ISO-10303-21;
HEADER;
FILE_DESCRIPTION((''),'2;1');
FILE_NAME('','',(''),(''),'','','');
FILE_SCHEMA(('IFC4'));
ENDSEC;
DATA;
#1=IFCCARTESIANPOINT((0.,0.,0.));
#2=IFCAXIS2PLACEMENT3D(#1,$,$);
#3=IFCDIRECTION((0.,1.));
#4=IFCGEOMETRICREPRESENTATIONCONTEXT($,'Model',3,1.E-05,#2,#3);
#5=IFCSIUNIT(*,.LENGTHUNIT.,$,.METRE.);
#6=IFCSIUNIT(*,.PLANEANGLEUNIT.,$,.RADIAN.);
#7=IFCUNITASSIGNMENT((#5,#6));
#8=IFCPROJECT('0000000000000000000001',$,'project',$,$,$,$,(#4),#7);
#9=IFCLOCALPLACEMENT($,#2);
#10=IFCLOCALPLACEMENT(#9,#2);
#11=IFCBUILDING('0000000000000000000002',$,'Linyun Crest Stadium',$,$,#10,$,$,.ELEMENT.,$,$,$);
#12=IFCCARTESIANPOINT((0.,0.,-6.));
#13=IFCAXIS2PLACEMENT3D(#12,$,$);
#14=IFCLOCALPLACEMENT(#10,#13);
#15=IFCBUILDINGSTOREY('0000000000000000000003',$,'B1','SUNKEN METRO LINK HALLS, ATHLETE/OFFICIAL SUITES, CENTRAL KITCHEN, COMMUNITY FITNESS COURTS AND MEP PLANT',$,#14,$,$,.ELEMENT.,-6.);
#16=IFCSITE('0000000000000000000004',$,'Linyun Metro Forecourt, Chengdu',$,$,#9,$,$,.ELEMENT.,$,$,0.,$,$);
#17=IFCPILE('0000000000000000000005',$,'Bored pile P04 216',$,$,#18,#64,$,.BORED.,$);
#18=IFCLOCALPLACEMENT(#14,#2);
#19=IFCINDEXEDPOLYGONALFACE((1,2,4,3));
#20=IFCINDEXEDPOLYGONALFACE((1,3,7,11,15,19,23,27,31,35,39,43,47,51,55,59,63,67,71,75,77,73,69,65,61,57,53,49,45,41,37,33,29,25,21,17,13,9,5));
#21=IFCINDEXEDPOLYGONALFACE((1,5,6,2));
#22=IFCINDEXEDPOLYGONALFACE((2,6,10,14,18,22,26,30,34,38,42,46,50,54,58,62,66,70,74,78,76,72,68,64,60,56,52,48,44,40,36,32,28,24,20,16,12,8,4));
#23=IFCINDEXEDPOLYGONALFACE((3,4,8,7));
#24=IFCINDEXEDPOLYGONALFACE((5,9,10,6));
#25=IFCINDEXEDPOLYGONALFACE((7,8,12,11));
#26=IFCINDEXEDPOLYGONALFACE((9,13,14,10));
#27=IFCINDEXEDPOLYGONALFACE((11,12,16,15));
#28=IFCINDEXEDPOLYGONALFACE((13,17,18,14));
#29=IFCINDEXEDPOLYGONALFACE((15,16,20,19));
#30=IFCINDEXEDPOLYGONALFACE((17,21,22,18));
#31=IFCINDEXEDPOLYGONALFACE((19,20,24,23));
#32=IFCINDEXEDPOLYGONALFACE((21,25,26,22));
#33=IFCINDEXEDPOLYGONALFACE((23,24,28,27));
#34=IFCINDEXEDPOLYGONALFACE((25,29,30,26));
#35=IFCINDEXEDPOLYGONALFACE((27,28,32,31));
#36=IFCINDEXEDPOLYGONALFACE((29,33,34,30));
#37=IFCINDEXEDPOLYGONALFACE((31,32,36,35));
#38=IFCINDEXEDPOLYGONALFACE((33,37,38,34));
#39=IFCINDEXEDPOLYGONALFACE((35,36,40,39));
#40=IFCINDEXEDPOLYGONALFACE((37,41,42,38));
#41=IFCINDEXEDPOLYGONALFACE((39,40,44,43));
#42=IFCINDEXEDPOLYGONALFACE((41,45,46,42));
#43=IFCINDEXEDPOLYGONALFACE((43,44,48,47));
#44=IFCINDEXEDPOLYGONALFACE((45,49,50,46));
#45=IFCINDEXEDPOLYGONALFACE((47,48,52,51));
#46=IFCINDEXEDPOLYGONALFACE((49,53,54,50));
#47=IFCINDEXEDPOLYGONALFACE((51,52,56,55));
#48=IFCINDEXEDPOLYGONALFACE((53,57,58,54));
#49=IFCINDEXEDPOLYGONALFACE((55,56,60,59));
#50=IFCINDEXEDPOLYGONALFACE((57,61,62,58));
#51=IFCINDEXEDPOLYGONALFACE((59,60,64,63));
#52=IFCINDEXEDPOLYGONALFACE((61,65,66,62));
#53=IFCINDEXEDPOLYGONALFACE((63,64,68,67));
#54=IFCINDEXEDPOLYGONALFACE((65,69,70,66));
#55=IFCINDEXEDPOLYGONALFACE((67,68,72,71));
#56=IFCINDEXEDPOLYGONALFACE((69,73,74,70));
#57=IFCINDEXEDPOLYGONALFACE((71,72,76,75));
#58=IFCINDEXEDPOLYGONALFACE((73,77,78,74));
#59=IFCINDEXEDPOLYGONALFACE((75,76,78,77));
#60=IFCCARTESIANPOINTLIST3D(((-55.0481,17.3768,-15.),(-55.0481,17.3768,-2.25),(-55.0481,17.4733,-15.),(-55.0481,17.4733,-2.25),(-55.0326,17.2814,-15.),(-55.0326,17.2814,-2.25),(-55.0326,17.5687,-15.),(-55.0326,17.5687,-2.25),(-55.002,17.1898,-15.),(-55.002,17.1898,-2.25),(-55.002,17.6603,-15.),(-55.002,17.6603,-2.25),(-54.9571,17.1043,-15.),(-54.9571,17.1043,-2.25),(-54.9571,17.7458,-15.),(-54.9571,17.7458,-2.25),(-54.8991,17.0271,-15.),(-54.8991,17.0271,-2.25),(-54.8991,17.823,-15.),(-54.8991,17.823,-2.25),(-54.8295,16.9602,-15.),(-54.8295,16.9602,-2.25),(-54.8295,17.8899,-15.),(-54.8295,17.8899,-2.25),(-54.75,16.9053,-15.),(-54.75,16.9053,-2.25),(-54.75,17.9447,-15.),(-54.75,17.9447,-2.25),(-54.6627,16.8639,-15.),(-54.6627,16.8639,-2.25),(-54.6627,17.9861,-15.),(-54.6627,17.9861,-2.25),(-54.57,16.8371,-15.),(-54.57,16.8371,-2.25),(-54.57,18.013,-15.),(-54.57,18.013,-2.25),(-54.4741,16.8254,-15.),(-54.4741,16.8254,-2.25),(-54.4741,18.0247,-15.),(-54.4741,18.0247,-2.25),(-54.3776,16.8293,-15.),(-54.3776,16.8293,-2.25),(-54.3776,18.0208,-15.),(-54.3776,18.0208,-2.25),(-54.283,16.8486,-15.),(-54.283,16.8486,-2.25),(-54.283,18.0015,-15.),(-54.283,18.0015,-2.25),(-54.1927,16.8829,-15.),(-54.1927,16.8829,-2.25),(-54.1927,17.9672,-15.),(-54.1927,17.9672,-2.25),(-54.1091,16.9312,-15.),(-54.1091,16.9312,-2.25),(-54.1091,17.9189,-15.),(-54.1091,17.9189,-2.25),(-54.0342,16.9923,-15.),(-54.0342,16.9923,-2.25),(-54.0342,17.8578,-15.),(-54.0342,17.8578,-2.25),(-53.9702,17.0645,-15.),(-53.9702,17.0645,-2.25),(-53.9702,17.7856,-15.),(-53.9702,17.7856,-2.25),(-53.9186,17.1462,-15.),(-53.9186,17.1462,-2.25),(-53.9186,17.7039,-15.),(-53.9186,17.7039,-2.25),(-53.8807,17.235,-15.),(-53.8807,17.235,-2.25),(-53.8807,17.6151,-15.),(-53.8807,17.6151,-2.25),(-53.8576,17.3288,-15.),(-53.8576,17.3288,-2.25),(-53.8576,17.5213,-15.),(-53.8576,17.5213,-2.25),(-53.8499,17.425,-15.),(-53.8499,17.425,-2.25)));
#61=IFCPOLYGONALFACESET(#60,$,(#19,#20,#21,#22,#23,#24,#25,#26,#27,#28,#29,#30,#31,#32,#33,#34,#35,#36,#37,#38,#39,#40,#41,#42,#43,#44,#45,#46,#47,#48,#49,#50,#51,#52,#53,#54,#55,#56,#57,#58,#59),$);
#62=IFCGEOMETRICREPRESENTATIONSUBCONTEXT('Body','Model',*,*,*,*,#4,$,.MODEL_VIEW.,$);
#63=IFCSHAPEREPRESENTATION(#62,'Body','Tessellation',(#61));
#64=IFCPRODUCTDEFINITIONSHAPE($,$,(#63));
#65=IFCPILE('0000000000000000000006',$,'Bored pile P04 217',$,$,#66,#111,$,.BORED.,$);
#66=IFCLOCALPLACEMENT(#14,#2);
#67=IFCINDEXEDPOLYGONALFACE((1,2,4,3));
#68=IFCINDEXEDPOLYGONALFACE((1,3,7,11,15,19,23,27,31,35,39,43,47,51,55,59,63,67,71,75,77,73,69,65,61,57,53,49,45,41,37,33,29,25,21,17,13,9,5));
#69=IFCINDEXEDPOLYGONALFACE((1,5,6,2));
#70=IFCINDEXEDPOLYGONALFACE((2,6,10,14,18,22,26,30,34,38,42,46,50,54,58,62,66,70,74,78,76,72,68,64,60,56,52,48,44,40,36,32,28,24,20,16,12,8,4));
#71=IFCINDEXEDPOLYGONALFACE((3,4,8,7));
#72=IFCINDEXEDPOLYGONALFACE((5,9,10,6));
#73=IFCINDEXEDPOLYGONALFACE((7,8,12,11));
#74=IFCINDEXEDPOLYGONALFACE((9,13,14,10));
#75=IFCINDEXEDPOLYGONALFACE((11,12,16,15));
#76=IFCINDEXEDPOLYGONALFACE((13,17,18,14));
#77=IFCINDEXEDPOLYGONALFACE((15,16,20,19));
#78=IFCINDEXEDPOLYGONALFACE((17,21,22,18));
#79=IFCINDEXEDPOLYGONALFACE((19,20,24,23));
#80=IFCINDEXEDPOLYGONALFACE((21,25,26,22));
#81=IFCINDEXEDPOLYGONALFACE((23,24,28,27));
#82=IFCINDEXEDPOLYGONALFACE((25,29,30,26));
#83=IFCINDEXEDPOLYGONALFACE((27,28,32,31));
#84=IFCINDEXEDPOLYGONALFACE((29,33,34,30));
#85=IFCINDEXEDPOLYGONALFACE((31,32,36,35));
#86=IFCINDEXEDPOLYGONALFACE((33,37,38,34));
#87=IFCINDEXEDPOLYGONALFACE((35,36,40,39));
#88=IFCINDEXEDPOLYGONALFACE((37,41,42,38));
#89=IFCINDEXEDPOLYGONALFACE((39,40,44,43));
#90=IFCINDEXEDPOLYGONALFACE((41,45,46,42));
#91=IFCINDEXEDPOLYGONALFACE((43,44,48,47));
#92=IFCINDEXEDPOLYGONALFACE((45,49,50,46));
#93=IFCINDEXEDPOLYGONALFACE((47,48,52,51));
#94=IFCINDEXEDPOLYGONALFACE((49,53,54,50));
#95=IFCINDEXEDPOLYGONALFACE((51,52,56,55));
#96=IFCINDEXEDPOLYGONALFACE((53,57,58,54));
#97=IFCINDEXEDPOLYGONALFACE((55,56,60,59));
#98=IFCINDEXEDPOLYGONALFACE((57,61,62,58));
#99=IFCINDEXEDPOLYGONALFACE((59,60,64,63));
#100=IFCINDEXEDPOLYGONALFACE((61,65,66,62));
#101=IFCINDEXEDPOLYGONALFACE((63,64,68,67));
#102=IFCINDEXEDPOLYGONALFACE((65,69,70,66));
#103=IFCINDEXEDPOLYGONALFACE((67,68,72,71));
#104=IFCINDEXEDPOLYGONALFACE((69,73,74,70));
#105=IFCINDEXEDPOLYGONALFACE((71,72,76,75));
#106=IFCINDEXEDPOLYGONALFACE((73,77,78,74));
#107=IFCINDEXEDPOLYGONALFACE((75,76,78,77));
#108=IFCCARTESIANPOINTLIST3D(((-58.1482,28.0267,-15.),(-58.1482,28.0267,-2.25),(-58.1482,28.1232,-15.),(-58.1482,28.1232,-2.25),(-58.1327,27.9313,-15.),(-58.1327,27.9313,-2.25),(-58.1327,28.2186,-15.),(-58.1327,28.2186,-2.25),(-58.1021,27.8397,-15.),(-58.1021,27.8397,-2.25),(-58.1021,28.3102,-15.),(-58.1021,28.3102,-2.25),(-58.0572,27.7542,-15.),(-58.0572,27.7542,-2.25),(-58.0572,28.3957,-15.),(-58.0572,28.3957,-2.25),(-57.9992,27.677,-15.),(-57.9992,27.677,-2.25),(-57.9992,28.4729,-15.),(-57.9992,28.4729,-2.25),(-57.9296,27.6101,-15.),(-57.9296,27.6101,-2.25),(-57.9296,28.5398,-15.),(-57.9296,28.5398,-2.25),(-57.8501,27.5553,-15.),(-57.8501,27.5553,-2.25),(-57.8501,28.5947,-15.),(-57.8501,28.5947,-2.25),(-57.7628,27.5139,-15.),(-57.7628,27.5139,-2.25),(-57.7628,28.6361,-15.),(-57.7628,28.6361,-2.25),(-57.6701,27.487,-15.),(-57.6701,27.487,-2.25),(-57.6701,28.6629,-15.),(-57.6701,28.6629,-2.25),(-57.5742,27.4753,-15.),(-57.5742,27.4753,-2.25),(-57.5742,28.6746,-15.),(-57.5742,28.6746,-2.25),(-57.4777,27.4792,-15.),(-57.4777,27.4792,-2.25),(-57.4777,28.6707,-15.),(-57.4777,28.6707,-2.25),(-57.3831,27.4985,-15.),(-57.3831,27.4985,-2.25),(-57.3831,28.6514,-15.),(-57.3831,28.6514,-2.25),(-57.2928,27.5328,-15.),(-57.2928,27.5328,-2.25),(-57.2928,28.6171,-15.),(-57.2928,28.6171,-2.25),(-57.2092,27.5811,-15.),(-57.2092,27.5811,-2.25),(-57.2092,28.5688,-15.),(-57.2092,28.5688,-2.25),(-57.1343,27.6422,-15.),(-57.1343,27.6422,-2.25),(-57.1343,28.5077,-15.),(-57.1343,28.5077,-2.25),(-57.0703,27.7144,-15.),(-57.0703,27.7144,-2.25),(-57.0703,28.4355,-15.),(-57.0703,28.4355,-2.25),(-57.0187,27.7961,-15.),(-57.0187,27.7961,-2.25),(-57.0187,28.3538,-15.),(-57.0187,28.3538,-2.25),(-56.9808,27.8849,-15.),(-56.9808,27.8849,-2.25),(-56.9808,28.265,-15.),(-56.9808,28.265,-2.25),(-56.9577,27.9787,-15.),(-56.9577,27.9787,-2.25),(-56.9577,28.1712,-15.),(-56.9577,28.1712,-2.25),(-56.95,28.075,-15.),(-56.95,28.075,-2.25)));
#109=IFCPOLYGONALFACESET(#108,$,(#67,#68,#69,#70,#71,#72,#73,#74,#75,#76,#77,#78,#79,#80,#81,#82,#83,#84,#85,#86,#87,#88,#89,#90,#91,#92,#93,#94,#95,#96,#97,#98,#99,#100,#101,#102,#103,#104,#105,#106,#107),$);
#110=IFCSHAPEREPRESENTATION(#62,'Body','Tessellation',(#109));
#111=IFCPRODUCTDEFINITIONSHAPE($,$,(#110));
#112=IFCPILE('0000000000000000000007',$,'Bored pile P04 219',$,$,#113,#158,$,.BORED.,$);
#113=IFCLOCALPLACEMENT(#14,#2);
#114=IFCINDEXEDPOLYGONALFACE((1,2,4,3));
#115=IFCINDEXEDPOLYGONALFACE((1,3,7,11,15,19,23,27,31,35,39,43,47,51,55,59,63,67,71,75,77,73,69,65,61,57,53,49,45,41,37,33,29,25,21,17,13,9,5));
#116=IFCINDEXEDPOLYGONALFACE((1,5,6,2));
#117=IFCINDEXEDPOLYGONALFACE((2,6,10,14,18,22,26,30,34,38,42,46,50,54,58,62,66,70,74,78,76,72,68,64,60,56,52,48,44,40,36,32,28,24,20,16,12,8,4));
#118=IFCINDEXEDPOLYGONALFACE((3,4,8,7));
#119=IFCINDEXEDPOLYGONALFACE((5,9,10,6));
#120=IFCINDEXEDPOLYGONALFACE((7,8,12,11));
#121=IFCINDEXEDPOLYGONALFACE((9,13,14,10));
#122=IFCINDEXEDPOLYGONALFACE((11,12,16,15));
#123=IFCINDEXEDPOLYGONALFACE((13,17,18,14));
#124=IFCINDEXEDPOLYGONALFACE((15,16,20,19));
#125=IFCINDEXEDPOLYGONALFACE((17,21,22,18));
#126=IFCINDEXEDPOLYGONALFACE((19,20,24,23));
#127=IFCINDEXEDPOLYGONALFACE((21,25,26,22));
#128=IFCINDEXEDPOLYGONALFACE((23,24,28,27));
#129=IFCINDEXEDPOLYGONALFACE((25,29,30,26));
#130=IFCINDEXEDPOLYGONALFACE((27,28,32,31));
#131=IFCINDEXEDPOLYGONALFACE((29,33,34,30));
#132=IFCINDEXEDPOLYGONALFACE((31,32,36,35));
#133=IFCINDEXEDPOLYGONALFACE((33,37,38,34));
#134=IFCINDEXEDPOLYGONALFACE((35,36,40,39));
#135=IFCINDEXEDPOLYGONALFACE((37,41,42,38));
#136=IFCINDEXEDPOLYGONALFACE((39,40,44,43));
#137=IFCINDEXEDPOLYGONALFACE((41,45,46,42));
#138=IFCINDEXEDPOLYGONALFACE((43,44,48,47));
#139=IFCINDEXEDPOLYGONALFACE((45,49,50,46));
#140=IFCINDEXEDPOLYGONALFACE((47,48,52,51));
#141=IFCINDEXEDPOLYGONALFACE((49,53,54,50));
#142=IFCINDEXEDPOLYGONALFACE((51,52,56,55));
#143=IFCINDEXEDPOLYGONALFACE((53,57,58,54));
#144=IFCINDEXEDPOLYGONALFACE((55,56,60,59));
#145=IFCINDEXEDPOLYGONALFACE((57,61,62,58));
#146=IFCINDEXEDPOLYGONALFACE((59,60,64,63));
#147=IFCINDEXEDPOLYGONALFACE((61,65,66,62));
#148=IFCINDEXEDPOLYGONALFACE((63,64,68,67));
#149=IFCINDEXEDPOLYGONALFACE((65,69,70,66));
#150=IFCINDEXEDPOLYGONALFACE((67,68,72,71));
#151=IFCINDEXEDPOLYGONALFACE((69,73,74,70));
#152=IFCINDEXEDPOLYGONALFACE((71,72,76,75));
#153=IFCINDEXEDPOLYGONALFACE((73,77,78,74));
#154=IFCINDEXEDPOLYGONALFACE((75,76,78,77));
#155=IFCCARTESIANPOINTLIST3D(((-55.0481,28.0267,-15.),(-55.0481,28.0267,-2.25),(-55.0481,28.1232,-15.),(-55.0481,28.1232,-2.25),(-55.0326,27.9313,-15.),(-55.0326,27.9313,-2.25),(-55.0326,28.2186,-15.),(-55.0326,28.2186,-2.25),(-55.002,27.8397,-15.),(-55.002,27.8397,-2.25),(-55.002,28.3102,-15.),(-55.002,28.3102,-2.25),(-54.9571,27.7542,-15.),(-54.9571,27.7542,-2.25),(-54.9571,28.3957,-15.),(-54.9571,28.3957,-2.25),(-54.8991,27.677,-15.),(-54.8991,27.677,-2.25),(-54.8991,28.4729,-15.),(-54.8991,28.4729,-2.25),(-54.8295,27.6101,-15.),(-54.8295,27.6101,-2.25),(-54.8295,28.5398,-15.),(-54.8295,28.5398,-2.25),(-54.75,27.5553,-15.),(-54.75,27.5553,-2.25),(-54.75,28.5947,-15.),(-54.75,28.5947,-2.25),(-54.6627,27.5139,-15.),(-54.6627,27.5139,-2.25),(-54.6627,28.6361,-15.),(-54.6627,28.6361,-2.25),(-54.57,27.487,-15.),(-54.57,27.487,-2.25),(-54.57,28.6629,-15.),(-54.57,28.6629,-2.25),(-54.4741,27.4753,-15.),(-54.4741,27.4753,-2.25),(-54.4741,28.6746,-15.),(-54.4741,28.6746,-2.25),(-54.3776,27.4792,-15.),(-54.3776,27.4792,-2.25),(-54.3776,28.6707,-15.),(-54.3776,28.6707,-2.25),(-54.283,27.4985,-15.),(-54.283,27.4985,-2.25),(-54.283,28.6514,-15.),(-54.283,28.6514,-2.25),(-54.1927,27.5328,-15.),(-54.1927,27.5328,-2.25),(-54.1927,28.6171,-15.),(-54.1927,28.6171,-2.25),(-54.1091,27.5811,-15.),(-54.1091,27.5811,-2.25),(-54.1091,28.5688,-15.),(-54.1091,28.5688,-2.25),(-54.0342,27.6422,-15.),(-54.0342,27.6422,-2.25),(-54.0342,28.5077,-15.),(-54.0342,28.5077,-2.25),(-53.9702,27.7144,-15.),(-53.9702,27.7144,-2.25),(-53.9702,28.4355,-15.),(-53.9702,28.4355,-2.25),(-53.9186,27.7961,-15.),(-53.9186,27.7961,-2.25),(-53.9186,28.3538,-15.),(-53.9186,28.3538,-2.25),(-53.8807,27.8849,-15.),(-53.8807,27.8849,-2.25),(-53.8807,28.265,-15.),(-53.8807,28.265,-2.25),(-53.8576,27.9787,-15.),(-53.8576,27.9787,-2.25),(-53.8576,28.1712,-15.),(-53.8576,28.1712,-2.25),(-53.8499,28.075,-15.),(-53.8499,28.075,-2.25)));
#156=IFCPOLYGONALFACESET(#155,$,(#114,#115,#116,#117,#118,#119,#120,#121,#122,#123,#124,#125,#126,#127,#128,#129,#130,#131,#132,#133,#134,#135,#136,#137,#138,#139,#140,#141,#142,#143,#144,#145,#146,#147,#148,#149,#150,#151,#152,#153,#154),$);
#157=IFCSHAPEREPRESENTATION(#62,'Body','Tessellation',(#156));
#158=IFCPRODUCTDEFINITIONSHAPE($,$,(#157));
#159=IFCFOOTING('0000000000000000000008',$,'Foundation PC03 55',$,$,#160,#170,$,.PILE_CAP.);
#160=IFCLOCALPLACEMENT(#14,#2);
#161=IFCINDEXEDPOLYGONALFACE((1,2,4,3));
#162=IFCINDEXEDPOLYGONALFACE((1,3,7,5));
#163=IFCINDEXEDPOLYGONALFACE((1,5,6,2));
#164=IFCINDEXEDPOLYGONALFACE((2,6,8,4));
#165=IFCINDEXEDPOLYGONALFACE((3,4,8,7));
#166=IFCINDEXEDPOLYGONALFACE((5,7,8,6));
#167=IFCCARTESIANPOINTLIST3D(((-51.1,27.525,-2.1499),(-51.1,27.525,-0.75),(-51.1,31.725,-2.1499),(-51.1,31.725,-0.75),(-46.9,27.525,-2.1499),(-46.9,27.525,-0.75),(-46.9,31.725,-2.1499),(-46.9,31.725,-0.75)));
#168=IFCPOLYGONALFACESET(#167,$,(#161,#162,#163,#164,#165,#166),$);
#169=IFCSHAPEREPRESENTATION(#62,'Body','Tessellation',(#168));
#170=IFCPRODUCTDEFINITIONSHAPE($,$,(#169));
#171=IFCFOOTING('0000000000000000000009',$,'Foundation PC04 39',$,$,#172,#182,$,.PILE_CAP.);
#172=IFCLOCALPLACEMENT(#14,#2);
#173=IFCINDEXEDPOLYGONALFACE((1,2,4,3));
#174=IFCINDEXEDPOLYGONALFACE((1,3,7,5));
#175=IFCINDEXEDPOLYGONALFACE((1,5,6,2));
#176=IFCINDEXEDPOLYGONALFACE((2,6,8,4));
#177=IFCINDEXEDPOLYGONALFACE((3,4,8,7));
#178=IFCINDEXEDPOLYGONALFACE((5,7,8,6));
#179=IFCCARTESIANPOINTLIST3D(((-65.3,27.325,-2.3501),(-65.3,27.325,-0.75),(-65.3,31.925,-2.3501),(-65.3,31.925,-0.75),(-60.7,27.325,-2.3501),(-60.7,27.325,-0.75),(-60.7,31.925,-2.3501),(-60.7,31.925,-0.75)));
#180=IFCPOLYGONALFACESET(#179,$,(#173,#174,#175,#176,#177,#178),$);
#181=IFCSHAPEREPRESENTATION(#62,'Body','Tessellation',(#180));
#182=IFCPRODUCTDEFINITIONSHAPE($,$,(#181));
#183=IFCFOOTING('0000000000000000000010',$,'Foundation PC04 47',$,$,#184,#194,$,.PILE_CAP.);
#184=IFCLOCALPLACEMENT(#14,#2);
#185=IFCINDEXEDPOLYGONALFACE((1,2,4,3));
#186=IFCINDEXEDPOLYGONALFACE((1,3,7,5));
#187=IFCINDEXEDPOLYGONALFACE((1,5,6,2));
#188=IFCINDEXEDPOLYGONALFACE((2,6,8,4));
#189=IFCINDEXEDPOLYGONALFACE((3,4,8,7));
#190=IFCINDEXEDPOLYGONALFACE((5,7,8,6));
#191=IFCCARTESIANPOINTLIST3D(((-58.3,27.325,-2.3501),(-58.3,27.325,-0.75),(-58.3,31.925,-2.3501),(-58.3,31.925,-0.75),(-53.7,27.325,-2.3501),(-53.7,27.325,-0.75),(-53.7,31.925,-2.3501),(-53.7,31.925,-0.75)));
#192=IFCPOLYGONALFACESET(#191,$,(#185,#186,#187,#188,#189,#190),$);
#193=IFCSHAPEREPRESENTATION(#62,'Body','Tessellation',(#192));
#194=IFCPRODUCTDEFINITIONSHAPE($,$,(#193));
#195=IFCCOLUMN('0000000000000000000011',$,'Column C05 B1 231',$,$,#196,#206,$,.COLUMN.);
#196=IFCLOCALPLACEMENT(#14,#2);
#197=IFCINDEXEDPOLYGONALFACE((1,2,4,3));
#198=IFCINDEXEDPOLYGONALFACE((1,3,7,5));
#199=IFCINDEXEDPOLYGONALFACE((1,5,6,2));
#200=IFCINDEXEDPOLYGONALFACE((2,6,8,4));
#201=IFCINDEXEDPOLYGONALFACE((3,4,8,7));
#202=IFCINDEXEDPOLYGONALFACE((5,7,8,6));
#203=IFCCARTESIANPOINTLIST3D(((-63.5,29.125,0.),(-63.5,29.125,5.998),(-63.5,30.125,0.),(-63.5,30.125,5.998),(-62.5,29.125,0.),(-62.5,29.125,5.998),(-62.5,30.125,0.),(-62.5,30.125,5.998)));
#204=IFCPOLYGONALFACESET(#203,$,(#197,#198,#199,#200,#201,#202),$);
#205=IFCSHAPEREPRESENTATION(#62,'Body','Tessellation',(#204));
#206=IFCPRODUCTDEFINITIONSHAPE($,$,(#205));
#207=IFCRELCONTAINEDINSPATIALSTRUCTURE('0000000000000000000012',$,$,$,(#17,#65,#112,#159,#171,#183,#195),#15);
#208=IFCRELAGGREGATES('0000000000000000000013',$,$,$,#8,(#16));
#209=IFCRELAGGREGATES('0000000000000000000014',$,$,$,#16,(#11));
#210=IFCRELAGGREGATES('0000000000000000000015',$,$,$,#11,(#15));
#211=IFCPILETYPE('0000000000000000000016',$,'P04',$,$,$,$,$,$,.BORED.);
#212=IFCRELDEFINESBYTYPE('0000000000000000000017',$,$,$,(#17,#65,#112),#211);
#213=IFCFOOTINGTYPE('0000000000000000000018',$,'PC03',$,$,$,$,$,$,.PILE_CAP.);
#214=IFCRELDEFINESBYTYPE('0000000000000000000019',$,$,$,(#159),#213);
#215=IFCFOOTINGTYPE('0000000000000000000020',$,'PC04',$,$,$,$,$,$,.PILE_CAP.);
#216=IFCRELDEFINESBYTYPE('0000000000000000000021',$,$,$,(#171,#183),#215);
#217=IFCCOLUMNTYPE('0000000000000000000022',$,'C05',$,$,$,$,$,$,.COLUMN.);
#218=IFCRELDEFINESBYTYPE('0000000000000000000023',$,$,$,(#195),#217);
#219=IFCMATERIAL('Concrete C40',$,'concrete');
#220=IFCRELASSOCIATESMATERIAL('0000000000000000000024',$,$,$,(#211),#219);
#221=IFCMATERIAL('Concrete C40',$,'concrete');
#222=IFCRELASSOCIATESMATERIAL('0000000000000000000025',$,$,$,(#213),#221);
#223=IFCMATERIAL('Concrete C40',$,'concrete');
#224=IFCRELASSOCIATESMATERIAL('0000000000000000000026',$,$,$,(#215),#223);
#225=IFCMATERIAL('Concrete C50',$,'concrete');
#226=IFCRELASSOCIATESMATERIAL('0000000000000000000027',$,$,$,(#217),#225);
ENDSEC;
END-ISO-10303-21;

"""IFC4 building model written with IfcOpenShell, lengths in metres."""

from ifc_helpers import new_model, si_unit, direction, frame, origin, origin_2d, place, context, subcontext, project, spatial, rectangle, circle, extrude, material, material_profile, profile_set, type_object, element, save


model = new_model("IFC4")

# Units and contexts
model_context = context("Model", 3, precision=1e-05, world=origin(), true_north=direction((0.0, 1.0)))
body_context = subcontext(model_context, "Body", "Model", "MODEL_VIEW")
ifc_project = project(units=[si_unit("LENGTHUNIT", "METRE"), si_unit("PLANEANGLEUNIT", "RADIAN")], contexts=[model_context])

# Site, building, storey
site_placement = place(None, origin())
site = spatial("IfcSite", under=ifc_project, at=site_placement, Name="Linyun Metro Forecourt, Chengdu", CompositionType="ELEMENT", RefElevation=0.0)
building_placement = place(site_placement, origin())
building = spatial("IfcBuilding", under=site, at=building_placement, Name="Linyun Crest Stadium", CompositionType="ELEMENT")
storey_placement = place(building_placement, frame((0.0, 0.0, -6.0)))
storey = spatial("IfcBuildingStorey", under=building, at=storey_placement, Name="B1", Description="SUNKEN METRO LINK HALLS, ATHLETE/OFFICIAL SUITES, CENTRAL KITCHEN, COMMUNITY FITNESS COURTS AND MEP PLANT", CompositionType="ELEMENT", Elevation=-6.0)

# Piles
ifc_material_1 = material(Name="Concrete C40", Category="concrete")
ifc_material_profile_1 = material_profile(ifc_material_1, circle(Radius=0.6001, at=origin_2d()), Name="BORED PILE 1200")
ifc_profile_set_1 = profile_set([ifc_material_profile_1], Name="Concrete C40")
pile_type_1 = type_object("IfcPileType", Name="P04", PredefinedType="BORED", material=ifc_profile_set_1)
for number, where, z_axis, x_axis, name in (
    (1, (-54.45, 17.425, -2.25), (0.0, 0.0, -1.0), (1.0, 0.0, 0.0), "Bored pile P04 216"),
    (2, (-57.55, 28.075, -2.25), (0.0, 0.0, -1.0), (1.0, 0.0, 0.0), "Bored pile P04 217"),
    (3, (-54.45, 28.075, -2.25), (0.0, 0.0, -1.0), (1.0, 0.0, 0.0), "Bored pile P04 219"),
):
    element("IfcPile", number, at=place(storey_placement, frame(where, z_axis=z_axis, x_axis=x_axis)), inside=storey, type_object=pile_type_1, Name=name, PredefinedType="BORED", context=body_context, shape_type="SweptSolid", body=[
        extrude(circle(Radius=0.6001, at=origin_2d()), origin(), (0.0, 0.0, 1.0), 12.75),
    ])

# Footings
ifc_material_2 = material(Name="Concrete C40", Category="concrete")
footing_type_1 = type_object("IfcFootingType", Name="PC03", PredefinedType="PILE_CAP", material=ifc_material_2)
footing_placement = place(storey_placement, frame((-49.0, 29.625, -2.1499), z_axis=(0.0, 0.0, 1.0), x_axis=(1.0, 0.0, 0.0)))
element("IfcFooting", 4, at=footing_placement, inside=storey, type_object=footing_type_1, Name="Foundation PC03 55", PredefinedType="PILE_CAP", context=body_context, shape_type="SweptSolid", body=[
    extrude(rectangle(XDim=4.2, YDim=4.2, at=origin_2d()), origin(), (0.0, 0.0, 1.0), 1.3999),
])
ifc_material_3 = material(Name="Concrete C40", Category="concrete")
footing_type_2 = type_object("IfcFootingType", Name="PC04", PredefinedType="PILE_CAP", material=ifc_material_3)
for number, where, z_axis, x_axis, name in (
    (5, (-63.0, 29.625, -2.3501), (0.0, 0.0, 1.0), (1.0, 0.0, 0.0), "Foundation PC04 39"),
    (6, (-56.0, 29.625, -2.3501), (0.0, 0.0, 1.0), (1.0, 0.0, 0.0), "Foundation PC04 47"),
):
    element("IfcFooting", number, at=place(storey_placement, frame(where, z_axis=z_axis, x_axis=x_axis)), inside=storey, type_object=footing_type_2, Name=name, PredefinedType="PILE_CAP", context=body_context, shape_type="SweptSolid", body=[
        extrude(rectangle(XDim=4.6001, YDim=4.6001, at=origin_2d()), origin(), (0.0, 0.0, 1.0), 1.6001),
    ])

# Column
ifc_material_4 = material(Name="Concrete C50", Category="concrete")
ifc_material_profile_2 = material_profile(ifc_material_4, rectangle(XDim=1.0, YDim=1.0, at=origin_2d()), Name="RC 1000x1000")
ifc_profile_set_2 = profile_set([ifc_material_profile_2], Name="Concrete C50")
column_type_1 = type_object("IfcColumnType", Name="C05", PredefinedType="COLUMN", material=ifc_profile_set_2)
for number, where, z_axis, x_axis, name in (
    (7, (-63.0, 29.625, 0.0), (0.0, 0.0, 1.0), (1.0, 0.0, 0.0), "Column C05 B1 231"),
):
    element("IfcColumn", number, at=place(storey_placement, frame(where, z_axis=z_axis, x_axis=x_axis)), inside=storey, type_object=column_type_1, Name=name, PredefinedType="COLUMN", context=body_context, shape_type="SweptSolid", body=[
        extrude(rectangle(XDim=1.0, YDim=1.0, at=origin_2d()), origin(), (0.0, 0.0, 1.0), 5.998),
    ])

save(model, "model.ifc")
